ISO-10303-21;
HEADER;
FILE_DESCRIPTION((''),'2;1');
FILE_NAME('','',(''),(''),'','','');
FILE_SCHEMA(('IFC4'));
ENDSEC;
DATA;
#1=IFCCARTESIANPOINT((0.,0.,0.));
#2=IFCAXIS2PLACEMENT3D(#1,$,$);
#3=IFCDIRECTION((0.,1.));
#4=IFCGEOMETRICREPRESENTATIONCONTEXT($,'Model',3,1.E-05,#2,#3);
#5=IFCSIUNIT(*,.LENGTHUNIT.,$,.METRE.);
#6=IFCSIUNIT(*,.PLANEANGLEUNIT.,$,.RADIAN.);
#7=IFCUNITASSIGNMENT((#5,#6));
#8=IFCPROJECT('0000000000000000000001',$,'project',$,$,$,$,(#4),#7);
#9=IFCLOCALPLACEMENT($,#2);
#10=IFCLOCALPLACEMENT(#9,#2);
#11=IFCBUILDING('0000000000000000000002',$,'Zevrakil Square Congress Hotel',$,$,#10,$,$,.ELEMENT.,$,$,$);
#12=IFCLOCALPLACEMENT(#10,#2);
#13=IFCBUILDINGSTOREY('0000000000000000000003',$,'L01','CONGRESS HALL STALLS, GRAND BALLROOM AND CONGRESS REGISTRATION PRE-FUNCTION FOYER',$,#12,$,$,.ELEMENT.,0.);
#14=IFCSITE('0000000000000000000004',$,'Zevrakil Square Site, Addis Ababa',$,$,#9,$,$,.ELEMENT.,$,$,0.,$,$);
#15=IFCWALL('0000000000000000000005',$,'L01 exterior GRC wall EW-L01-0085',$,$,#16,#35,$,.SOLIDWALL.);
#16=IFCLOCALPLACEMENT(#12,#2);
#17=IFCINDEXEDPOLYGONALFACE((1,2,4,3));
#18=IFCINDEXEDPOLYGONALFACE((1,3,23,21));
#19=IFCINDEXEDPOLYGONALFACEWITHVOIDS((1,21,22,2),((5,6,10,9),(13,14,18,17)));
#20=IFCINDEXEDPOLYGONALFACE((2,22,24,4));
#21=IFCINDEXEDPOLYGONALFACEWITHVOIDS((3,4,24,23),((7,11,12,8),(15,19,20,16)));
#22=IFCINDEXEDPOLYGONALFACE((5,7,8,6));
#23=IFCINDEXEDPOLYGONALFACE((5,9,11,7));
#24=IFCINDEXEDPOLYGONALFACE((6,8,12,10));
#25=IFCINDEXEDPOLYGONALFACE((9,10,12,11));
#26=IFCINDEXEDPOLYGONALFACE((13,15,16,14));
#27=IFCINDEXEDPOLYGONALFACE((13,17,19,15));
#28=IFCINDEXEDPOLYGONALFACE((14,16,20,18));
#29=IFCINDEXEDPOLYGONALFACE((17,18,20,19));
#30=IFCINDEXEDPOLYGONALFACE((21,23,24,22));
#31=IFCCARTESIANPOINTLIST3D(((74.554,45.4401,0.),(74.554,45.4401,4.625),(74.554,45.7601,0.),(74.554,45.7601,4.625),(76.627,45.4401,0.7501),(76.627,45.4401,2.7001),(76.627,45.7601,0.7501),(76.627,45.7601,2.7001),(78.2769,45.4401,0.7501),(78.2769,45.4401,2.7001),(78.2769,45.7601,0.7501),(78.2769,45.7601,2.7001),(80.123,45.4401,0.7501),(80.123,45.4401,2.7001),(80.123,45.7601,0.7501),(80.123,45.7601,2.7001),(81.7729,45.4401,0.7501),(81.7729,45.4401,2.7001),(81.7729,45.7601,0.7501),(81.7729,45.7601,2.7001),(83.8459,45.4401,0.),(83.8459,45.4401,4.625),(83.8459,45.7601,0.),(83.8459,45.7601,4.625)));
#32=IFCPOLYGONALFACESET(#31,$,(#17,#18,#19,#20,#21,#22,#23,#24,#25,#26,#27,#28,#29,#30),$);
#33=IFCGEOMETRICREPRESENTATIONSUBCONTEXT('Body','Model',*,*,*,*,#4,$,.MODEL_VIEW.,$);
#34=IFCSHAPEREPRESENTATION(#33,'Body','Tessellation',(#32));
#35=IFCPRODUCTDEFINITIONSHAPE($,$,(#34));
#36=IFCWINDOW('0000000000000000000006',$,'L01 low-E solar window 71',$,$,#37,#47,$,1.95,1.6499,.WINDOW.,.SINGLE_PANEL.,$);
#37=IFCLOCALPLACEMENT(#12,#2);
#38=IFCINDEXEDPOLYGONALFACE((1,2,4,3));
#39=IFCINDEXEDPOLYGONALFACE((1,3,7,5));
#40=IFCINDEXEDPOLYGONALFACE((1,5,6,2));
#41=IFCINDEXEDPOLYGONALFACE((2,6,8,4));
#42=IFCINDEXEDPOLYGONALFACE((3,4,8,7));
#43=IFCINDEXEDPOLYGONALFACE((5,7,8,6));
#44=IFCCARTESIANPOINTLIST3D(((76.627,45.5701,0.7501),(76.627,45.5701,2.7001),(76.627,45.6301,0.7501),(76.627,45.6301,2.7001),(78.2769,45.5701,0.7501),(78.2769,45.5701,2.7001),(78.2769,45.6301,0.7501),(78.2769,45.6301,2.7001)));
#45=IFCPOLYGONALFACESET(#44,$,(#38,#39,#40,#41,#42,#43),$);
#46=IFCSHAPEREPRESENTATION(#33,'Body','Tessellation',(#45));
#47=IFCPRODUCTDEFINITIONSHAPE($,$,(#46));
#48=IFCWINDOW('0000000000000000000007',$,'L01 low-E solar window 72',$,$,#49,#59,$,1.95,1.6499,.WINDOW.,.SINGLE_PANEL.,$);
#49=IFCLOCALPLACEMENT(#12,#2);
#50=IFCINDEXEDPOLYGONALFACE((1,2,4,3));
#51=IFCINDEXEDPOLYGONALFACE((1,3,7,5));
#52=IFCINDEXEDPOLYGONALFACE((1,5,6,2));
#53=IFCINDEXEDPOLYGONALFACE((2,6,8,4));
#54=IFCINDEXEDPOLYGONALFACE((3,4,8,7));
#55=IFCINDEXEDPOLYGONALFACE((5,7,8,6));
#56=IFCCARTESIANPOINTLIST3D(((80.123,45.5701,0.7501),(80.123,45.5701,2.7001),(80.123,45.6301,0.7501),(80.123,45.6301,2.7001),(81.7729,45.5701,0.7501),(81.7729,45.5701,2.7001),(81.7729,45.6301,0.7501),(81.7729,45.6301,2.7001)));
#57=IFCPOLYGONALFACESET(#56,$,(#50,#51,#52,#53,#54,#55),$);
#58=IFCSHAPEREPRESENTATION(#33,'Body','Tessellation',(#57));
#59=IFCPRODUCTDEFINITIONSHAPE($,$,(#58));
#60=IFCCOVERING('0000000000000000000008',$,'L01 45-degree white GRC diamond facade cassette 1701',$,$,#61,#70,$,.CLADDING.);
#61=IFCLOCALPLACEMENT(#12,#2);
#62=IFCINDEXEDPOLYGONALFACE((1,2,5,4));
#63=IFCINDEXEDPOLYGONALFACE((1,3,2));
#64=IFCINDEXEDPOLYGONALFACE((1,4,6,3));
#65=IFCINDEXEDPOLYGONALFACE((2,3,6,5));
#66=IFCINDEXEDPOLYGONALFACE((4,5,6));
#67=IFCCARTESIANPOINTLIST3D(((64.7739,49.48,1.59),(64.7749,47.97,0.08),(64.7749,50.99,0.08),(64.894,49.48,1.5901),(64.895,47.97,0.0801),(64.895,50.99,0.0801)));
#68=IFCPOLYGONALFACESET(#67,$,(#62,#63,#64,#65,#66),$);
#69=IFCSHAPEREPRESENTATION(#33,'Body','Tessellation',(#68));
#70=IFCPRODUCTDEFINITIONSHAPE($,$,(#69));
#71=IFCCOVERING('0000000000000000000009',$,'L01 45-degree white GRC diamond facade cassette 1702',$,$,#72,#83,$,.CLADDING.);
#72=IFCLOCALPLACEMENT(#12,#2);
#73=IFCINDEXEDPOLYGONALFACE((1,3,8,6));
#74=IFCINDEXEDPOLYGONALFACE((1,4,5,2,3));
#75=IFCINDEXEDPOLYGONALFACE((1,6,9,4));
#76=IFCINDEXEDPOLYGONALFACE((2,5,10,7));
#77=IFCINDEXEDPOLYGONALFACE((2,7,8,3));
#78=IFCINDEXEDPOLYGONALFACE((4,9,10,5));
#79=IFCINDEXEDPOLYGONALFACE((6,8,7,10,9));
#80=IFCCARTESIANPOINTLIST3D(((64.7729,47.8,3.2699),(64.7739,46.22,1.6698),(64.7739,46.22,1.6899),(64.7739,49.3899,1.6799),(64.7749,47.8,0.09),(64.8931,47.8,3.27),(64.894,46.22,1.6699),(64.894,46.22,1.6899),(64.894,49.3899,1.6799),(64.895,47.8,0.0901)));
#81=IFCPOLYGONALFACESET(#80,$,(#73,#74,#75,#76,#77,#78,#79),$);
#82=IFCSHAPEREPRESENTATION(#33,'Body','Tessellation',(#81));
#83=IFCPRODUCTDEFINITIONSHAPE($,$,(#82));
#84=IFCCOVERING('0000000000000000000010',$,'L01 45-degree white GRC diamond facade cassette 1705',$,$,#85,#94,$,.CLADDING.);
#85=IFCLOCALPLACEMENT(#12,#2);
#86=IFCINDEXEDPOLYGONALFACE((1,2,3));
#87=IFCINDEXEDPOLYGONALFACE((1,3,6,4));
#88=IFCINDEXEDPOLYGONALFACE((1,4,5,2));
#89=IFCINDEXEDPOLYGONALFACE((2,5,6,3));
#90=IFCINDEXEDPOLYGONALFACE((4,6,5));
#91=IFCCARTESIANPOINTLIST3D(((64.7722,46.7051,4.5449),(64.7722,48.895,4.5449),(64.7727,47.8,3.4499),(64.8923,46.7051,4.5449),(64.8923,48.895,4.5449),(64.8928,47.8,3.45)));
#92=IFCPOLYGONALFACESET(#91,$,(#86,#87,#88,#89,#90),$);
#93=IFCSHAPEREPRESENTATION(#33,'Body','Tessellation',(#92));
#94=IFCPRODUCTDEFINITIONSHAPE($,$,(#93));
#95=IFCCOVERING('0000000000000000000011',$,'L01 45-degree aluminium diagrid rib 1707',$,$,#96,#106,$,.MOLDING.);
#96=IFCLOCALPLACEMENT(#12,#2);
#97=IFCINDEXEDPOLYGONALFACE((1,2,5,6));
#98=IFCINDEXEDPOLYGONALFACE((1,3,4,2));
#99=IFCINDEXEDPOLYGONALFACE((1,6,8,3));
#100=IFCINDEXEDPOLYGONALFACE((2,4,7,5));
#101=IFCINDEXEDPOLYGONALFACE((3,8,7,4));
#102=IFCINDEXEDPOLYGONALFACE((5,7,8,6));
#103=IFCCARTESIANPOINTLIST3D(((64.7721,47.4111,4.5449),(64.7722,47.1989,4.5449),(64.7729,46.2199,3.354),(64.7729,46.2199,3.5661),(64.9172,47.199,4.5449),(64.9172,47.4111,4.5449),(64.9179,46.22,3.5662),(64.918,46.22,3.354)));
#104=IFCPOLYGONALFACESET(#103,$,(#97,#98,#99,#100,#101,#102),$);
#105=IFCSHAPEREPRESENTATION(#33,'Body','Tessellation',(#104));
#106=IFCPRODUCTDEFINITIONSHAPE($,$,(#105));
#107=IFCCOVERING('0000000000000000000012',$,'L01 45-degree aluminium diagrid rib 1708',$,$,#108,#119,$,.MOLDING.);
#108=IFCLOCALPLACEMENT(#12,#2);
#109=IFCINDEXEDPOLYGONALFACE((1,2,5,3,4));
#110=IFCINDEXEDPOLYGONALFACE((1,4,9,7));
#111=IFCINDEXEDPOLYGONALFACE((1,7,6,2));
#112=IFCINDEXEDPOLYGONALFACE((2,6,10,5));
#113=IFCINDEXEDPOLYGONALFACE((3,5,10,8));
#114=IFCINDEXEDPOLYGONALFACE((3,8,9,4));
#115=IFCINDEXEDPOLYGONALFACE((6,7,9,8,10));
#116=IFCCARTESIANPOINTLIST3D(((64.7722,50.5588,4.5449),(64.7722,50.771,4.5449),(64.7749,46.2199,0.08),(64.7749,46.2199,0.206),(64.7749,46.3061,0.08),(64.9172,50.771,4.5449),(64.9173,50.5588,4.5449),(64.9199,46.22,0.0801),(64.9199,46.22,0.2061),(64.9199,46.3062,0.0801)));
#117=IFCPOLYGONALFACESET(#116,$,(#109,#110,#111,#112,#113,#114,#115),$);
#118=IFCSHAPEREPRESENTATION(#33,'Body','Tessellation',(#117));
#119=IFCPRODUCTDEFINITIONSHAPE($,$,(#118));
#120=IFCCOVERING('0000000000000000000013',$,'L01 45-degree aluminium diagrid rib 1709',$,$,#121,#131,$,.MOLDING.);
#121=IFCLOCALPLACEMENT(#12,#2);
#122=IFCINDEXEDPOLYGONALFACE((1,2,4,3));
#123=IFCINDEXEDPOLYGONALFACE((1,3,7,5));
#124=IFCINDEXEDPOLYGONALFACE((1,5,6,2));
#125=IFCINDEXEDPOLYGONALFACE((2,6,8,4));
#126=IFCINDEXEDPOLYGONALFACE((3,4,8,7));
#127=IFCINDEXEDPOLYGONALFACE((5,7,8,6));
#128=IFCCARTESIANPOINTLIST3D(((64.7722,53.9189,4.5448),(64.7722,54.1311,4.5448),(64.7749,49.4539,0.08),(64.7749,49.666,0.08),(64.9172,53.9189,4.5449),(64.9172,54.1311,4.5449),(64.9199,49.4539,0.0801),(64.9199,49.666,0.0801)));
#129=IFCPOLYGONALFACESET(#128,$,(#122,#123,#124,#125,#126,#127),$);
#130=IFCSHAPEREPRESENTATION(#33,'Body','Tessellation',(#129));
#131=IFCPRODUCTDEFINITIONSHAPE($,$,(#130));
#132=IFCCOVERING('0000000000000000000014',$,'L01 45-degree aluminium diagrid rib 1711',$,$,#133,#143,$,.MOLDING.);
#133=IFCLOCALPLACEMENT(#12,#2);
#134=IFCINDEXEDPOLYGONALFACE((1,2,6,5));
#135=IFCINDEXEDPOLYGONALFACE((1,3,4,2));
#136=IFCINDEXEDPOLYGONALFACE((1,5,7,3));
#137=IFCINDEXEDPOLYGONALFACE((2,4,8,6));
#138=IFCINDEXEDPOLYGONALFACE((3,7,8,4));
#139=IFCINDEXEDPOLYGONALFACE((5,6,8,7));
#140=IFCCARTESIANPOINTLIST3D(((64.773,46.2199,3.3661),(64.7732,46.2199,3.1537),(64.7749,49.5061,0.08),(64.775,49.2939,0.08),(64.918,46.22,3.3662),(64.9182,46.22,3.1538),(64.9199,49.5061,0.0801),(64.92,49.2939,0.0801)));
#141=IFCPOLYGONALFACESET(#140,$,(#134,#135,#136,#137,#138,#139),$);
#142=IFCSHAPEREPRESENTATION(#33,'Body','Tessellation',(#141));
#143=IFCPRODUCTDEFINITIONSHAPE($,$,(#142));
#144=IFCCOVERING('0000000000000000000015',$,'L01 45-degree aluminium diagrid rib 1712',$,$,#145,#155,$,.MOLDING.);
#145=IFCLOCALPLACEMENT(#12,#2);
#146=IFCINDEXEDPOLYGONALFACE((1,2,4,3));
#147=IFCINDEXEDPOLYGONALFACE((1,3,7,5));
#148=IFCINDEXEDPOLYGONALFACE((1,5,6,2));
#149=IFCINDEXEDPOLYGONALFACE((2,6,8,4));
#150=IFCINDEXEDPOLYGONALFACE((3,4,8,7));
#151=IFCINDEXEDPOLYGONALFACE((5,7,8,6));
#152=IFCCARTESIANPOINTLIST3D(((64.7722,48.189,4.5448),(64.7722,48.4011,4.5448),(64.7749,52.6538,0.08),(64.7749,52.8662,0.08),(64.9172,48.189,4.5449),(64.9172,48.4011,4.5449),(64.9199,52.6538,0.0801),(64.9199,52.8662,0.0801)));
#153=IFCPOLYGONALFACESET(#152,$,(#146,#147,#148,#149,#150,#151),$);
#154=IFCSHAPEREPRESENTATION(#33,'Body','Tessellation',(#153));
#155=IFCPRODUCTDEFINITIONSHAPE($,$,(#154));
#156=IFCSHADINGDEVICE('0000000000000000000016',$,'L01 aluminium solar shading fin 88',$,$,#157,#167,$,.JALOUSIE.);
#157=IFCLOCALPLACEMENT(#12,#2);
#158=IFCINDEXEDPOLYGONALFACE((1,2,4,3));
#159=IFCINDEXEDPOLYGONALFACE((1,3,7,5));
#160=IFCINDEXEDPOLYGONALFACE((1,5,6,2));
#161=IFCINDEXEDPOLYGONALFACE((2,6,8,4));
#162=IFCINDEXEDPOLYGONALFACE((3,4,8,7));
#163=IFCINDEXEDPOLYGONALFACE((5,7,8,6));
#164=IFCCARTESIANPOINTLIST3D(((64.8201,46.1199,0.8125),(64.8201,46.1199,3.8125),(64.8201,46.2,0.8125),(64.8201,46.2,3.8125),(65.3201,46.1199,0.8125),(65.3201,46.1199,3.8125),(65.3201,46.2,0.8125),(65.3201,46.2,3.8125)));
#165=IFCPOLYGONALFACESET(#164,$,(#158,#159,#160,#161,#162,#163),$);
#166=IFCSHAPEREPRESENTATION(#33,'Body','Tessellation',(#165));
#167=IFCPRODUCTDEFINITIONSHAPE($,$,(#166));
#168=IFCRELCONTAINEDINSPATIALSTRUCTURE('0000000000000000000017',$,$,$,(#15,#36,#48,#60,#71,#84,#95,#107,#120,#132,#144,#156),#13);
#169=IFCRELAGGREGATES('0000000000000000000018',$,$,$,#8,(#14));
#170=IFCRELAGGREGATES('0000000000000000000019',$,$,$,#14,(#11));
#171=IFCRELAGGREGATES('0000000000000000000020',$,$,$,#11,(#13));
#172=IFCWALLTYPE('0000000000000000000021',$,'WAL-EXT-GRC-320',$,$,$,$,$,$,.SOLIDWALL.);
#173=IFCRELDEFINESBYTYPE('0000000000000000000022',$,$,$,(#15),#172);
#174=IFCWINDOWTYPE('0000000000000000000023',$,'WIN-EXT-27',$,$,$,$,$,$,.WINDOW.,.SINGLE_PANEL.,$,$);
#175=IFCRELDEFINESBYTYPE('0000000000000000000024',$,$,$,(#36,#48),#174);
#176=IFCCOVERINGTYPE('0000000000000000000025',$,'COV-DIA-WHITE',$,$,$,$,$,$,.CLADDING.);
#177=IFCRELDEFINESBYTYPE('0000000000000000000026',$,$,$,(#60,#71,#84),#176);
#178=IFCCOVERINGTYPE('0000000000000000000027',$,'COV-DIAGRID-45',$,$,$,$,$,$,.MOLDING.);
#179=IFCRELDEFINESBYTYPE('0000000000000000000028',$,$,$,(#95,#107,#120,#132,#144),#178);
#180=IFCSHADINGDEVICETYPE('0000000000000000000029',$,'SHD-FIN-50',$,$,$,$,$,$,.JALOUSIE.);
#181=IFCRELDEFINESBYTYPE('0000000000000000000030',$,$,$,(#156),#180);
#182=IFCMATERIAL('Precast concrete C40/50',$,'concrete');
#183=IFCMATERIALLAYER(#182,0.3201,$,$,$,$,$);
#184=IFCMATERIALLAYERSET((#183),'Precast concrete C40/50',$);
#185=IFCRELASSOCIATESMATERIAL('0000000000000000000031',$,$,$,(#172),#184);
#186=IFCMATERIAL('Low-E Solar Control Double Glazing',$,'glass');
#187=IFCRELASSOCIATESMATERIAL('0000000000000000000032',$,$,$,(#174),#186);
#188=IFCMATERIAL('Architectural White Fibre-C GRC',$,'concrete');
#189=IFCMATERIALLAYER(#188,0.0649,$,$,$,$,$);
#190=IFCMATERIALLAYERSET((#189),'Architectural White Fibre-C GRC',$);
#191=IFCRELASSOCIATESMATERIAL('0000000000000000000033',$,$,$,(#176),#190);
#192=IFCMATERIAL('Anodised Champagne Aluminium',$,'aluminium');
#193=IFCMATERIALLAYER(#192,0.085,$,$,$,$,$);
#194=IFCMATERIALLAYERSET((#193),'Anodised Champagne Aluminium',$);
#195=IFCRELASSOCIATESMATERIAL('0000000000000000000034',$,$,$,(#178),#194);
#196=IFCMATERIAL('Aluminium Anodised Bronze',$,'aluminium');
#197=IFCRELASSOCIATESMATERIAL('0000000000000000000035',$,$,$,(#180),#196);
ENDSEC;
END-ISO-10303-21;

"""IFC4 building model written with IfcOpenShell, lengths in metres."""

from ifc_helpers import new_model, si_unit, direction, frame, frame_2d, origin, origin_2d, place, context, subcontext, project, spatial, polyline, rectangle, outline, extrude, material, layer, layer_set, type_object, element, fill, save


model = new_model("IFC4")

# Units and contexts
model_context = context("Model", 3, precision=1e-05, world=origin(), true_north=direction((0.0, 1.0)))
body_context = subcontext(model_context, "Body", "Model", "MODEL_VIEW")
ifc_project = project(units=[si_unit("LENGTHUNIT", "METRE"), si_unit("PLANEANGLEUNIT", "RADIAN")], contexts=[model_context])

# Site, building, storey
site_placement = place(None, origin())
site = spatial("IfcSite", under=ifc_project, at=site_placement, Name="Zevrakil Square Site, Addis Ababa", CompositionType="ELEMENT", RefElevation=0.0)
building_placement = place(site_placement, origin())
building = spatial("IfcBuilding", under=site, at=building_placement, Name="Zevrakil Square Congress Hotel", CompositionType="ELEMENT")
storey_placement = place(building_placement, origin())
storey = spatial("IfcBuildingStorey", under=building, at=storey_placement, Name="L01", Description="CONGRESS HALL STALLS, GRAND BALLROOM AND CONGRESS REGISTRATION PRE-FUNCTION FOYER", CompositionType="ELEMENT", Elevation=0.0)

# Shared definitions
ifc_material_1 = material(Name="Precast concrete C40/50", Category="concrete")
ifc_layer_1 = layer(ifc_material_1, 0.3201)
ifc_layer_set_1 = layer_set([ifc_layer_1], Name="Precast concrete C40/50")
wall_type_1 = type_object("IfcWallType", Name="WAL-EXT-GRC-320", PredefinedType="SOLIDWALL", material=ifc_layer_set_1)

# Wall, openings, windows
wall_1_placement = place(storey_placement, frame((74.554, 45.6001, 0.0), z_axis=(0.0, 0.0, 1.0), x_axis=(1.0, 0.0, 0.0)))
wall_1 = element("IfcWall", 1, at=wall_1_placement, inside=storey, type_object=wall_type_1, Name="L01 exterior GRC wall EW-L01-0085", PredefinedType="SOLIDWALL", context=body_context, shape_type="SweptSolid", body=[
    extrude(rectangle(XDim=9.292, YDim=0.3201, at=frame_2d((4.646, 0.0))), origin(), (0.0, 0.0, 1.0), 4.625),
])
opening_1_placement = place(wall_1_placement, frame((2.073, 0.0, 0.75)))
opening_1 = element("IfcOpeningElement", 2, at=opening_1_placement, cuts=wall_1, PredefinedType="OPENING", context=body_context, shape_type="SweptSolid", body=[
    extrude(rectangle(XDim=1.6499, YDim=1.95, at=frame_2d((0.825, 0.9751))), frame((0.0, 0.1699, 0.0), z_axis=(0.0, -1.0, 0.0), x_axis=(1.0, 0.0, 0.0)), (0.0, 0.0, 1.0), 0.3401),
])
opening_2_placement = place(wall_1_placement, frame((5.5691, 0.0, 0.75)))
opening_2 = element("IfcOpeningElement", 3, at=opening_2_placement, cuts=wall_1, PredefinedType="OPENING", context=body_context, shape_type="SweptSolid", body=[
    extrude(rectangle(XDim=1.6499, YDim=1.95, at=frame_2d((0.825, 0.9751))), frame((0.0, 0.1699, 0.0), z_axis=(0.0, -1.0, 0.0), x_axis=(1.0, 0.0, 0.0)), (0.0, 0.0, 1.0), 0.3401),
])
ifc_material_2 = material(Name="Low-E Solar Control Double Glazing", Category="glass")
window_type = type_object("IfcWindowType", Name="WIN-EXT-27", PartitioningType="SINGLE_PANEL", PredefinedType="WINDOW", material=ifc_material_2)
window_1_placement = place(opening_1_placement, origin())
window_1 = element("IfcWindow", 4, at=window_1_placement, inside=storey, type_object=window_type, Name="L01 low-E solar window 71", OverallHeight=1.95, OverallWidth=1.6499, PartitioningType="SINGLE_PANEL", PredefinedType="WINDOW", context=body_context, shape_type="SweptSolid", body=[
    extrude(rectangle(XDim=1.6499, YDim=1.95, at=frame_2d((0.825, 0.9751))), frame((0.0, 0.03, 0.0), z_axis=(0.0, -1.0, 0.0), x_axis=(1.0, 0.0, 0.0)), (0.0, 0.0, 1.0), 0.0601),
])
fill(opening_1, window_1)
window_2_placement = place(opening_2_placement, origin())
window_2 = element("IfcWindow", 5, at=window_2_placement, inside=storey, type_object=window_type, Name="L01 low-E solar window 72", OverallHeight=1.95, OverallWidth=1.6499, PartitioningType="SINGLE_PANEL", PredefinedType="WINDOW", context=body_context, shape_type="SweptSolid", body=[
    extrude(rectangle(XDim=1.6499, YDim=1.95, at=frame_2d((0.825, 0.9751))), frame((0.0, 0.03, 0.0), z_axis=(0.0, -1.0, 0.0), x_axis=(1.0, 0.0, 0.0)), (0.0, 0.0, 1.0), 0.0601),
])
fill(opening_2, window_2)

# Coverings
ifc_material_3 = material(Name="Architectural White Fibre-C GRC", Category="concrete")
ifc_layer_2 = layer(ifc_material_3, 0.0649)
ifc_layer_set_2 = layer_set([ifc_layer_2], Name="Architectural White Fibre-C GRC")
covering_type_1 = type_object("IfcCoveringType", Name="COV-DIA-WHITE", PredefinedType="CLADDING", material=ifc_layer_set_2)
covering_1_placement = place(storey_placement, frame((64.894, 49.48, 1.5901), z_axis=(1.0, 0.0, 0.000647), x_axis=(0.000457, 0.707107, -0.707107)))
element("IfcCovering", 6, at=covering_1_placement, inside=storey, type_object=covering_type_1, Name="L01 45-degree white GRC diamond facade cassette 1701", PredefinedType="CLADDING", context=body_context, shape_type="SweptSolid", body=[
    extrude(outline(polyline([(0.0, 0.0), (2.1355, 0.0), (0.0, -2.1355), (0.0, 0.0)])), origin(), (0.0, 0.0, -1.0), 0.1201),
])
covering_2_placement = place(storey_placement, frame((64.8931, 47.8, 3.27), z_axis=(1.0, 0.0, 0.000612), x_axis=(0.000433, 0.707052, -0.707161)))
element("IfcCovering", 7, at=covering_2_placement, inside=storey, type_object=covering_type_1, Name="L01 45-degree white GRC diamond facade cassette 1702", PredefinedType="CLADDING", context=body_context, shape_type="SweptSolid", body=[
    extrude(outline(polyline([(0.0, 0.0), (2.2486, 0.0), (2.2487, -2.2484), (0.0143, -2.2487), (0.0002, -2.2346), (0.0, 0.0)])), origin(), (0.0, 0.0, -1.0), 0.1201),
])
covering_3_placement = place(storey_placement, frame((64.8928, 47.8, 3.45), z_axis=(1.0, 0.0, 0.000446), x_axis=(-0.000315, -0.707107, 0.707107)))
element("IfcCovering", 8, at=covering_3_placement, inside=storey, type_object=covering_type_1, Name="L01 45-degree white GRC diamond facade cassette 1705", PredefinedType="CLADDING", context=body_context, shape_type="SweptSolid", body=[
    extrude(outline(polyline([(0.0, 0.0), (1.5485, 0.0), (0.0, -1.5485), (0.0, 0.0)])), origin(), (0.0, 0.0, -1.0), 0.1201),
])
ifc_material_4 = material(Name="Anodised Champagne Aluminium", Category="aluminium")
ifc_layer_3 = layer(ifc_material_4, 0.085)
ifc_layer_set_3 = layer_set([ifc_layer_3], Name="Anodised Champagne Aluminium")
covering_type_2 = type_object("IfcCoveringType", Name="COV-DIAGRID-45", PredefinedType="MOLDING", material=ifc_layer_set_3)
covering_4_placement = place(storey_placement, frame((64.918, 46.22, 3.354), z_axis=(1.0, 0.000338, 0.000338), x_axis=(-0.000338, 0.0, 1.0)))
element("IfcCovering", 9, at=covering_4_placement, inside=storey, type_object=covering_type_2, Name="L01 45-degree aluminium diagrid rib 1707", PredefinedType="MOLDING", context=body_context, shape_type="SweptSolid", body=[
    extrude(outline(polyline([(0.0, 0.0), (0.2122, 0.0), (1.1909, -0.979), (1.1909, -1.1912), (0.0, 0.0)])), origin(), (0.0, 0.0, -1.0), 0.145),
])
covering_5_placement = place(storey_placement, frame((64.9199, 46.3062, 0.0801), z_axis=(1.0, 0.00018, 0.000426), x_axis=(0.00018, -1.0, 0.0)))
element("IfcCovering", 10, at=covering_5_placement, inside=storey, type_object=covering_type_2, Name="L01 45-degree aluminium diagrid rib 1708", PredefinedType="MOLDING", context=body_context, shape_type="SweptSolid", body=[
    extrude(outline(polyline([(0.0, 0.0), (0.0862, 0.0), (0.0862, -0.126), (-4.2527, -4.4648), (-4.4648, -4.4648), (0.0, 0.0)])), origin(), (0.0, 0.0, -1.0), 0.145),
])
covering_6_placement = place(storey_placement, frame((64.9199, 49.666, 0.0801), z_axis=(1.0, 0.0, 0.000601), x_axis=(0.0, -1.0, 0.0)))
element("IfcCovering", 11, at=covering_6_placement, inside=storey, type_object=covering_type_2, Name="L01 45-degree aluminium diagrid rib 1709", PredefinedType="MOLDING", context=body_context, shape_type="SweptSolid", body=[
    extrude(outline(polyline([(0.0, 0.0), (0.2122, 0.0), (-4.2529, -4.4648), (-4.4651, -4.4648), (0.0, 0.0)])), origin(), (0.0, 0.0, -1.0), 0.145),
])
covering_7_placement = place(storey_placement, frame((64.9182, 46.22, 3.1538), z_axis=(1.0, 0.000287, 0.000863), x_axis=(-0.000863, 0.0, 1.0)))
element("IfcCovering", 12, at=covering_7_placement, inside=storey, type_object=covering_type_2, Name="L01 45-degree aluminium diagrid rib 1711", PredefinedType="MOLDING", context=body_context, shape_type="SweptSolid", body=[
    extrude(outline(polyline([(0.0, 0.0), (0.2124, 0.0), (-3.0737, -3.2861), (-3.0737, -3.074), (0.0, 0.0)])), origin(), (0.0, 0.0, -1.0), 0.145),
])
covering_8_placement = place(storey_placement, frame((64.9172, 48.189, 4.5449), z_axis=(1.0, 0.0, 0.000601), x_axis=(0.0, 1.0, 0.0)))
element("IfcCovering", 13, at=covering_8_placement, inside=storey, type_object=covering_type_2, Name="L01 45-degree aluminium diagrid rib 1712", PredefinedType="MOLDING", context=body_context, shape_type="SweptSolid", body=[
    extrude(outline(polyline([(0.0, 0.0), (0.2122, 0.0), (4.6772, -4.4648), (4.4648, -4.4648), (0.0, 0.0)])), origin(), (0.0, 0.0, -1.0), 0.145),
])

# Shading device
ifc_material_5 = material(Name="Aluminium Anodised Bronze", Category="aluminium")
shading_device_type = type_object("IfcShadingDeviceType", Name="SHD-FIN-50", PredefinedType="JALOUSIE", material=ifc_material_5)
shading_device_placement = place(storey_placement, frame((65.0701, 46.1599, 0.8125), z_axis=(0.0, 0.0, 1.0), x_axis=(1.0, 0.0, 0.0)))
element("IfcShadingDevice", 14, at=shading_device_placement, inside=storey, type_object=shading_device_type, Name="L01 aluminium solar shading fin 88", PredefinedType="JALOUSIE", context=body_context, shape_type="SweptSolid", body=[
    extrude(rectangle(XDim=0.5, YDim=0.0801, at=origin_2d()), origin(), (0.0, 0.0, 1.0), 3.0),
])

save(model, "model.ifc")
